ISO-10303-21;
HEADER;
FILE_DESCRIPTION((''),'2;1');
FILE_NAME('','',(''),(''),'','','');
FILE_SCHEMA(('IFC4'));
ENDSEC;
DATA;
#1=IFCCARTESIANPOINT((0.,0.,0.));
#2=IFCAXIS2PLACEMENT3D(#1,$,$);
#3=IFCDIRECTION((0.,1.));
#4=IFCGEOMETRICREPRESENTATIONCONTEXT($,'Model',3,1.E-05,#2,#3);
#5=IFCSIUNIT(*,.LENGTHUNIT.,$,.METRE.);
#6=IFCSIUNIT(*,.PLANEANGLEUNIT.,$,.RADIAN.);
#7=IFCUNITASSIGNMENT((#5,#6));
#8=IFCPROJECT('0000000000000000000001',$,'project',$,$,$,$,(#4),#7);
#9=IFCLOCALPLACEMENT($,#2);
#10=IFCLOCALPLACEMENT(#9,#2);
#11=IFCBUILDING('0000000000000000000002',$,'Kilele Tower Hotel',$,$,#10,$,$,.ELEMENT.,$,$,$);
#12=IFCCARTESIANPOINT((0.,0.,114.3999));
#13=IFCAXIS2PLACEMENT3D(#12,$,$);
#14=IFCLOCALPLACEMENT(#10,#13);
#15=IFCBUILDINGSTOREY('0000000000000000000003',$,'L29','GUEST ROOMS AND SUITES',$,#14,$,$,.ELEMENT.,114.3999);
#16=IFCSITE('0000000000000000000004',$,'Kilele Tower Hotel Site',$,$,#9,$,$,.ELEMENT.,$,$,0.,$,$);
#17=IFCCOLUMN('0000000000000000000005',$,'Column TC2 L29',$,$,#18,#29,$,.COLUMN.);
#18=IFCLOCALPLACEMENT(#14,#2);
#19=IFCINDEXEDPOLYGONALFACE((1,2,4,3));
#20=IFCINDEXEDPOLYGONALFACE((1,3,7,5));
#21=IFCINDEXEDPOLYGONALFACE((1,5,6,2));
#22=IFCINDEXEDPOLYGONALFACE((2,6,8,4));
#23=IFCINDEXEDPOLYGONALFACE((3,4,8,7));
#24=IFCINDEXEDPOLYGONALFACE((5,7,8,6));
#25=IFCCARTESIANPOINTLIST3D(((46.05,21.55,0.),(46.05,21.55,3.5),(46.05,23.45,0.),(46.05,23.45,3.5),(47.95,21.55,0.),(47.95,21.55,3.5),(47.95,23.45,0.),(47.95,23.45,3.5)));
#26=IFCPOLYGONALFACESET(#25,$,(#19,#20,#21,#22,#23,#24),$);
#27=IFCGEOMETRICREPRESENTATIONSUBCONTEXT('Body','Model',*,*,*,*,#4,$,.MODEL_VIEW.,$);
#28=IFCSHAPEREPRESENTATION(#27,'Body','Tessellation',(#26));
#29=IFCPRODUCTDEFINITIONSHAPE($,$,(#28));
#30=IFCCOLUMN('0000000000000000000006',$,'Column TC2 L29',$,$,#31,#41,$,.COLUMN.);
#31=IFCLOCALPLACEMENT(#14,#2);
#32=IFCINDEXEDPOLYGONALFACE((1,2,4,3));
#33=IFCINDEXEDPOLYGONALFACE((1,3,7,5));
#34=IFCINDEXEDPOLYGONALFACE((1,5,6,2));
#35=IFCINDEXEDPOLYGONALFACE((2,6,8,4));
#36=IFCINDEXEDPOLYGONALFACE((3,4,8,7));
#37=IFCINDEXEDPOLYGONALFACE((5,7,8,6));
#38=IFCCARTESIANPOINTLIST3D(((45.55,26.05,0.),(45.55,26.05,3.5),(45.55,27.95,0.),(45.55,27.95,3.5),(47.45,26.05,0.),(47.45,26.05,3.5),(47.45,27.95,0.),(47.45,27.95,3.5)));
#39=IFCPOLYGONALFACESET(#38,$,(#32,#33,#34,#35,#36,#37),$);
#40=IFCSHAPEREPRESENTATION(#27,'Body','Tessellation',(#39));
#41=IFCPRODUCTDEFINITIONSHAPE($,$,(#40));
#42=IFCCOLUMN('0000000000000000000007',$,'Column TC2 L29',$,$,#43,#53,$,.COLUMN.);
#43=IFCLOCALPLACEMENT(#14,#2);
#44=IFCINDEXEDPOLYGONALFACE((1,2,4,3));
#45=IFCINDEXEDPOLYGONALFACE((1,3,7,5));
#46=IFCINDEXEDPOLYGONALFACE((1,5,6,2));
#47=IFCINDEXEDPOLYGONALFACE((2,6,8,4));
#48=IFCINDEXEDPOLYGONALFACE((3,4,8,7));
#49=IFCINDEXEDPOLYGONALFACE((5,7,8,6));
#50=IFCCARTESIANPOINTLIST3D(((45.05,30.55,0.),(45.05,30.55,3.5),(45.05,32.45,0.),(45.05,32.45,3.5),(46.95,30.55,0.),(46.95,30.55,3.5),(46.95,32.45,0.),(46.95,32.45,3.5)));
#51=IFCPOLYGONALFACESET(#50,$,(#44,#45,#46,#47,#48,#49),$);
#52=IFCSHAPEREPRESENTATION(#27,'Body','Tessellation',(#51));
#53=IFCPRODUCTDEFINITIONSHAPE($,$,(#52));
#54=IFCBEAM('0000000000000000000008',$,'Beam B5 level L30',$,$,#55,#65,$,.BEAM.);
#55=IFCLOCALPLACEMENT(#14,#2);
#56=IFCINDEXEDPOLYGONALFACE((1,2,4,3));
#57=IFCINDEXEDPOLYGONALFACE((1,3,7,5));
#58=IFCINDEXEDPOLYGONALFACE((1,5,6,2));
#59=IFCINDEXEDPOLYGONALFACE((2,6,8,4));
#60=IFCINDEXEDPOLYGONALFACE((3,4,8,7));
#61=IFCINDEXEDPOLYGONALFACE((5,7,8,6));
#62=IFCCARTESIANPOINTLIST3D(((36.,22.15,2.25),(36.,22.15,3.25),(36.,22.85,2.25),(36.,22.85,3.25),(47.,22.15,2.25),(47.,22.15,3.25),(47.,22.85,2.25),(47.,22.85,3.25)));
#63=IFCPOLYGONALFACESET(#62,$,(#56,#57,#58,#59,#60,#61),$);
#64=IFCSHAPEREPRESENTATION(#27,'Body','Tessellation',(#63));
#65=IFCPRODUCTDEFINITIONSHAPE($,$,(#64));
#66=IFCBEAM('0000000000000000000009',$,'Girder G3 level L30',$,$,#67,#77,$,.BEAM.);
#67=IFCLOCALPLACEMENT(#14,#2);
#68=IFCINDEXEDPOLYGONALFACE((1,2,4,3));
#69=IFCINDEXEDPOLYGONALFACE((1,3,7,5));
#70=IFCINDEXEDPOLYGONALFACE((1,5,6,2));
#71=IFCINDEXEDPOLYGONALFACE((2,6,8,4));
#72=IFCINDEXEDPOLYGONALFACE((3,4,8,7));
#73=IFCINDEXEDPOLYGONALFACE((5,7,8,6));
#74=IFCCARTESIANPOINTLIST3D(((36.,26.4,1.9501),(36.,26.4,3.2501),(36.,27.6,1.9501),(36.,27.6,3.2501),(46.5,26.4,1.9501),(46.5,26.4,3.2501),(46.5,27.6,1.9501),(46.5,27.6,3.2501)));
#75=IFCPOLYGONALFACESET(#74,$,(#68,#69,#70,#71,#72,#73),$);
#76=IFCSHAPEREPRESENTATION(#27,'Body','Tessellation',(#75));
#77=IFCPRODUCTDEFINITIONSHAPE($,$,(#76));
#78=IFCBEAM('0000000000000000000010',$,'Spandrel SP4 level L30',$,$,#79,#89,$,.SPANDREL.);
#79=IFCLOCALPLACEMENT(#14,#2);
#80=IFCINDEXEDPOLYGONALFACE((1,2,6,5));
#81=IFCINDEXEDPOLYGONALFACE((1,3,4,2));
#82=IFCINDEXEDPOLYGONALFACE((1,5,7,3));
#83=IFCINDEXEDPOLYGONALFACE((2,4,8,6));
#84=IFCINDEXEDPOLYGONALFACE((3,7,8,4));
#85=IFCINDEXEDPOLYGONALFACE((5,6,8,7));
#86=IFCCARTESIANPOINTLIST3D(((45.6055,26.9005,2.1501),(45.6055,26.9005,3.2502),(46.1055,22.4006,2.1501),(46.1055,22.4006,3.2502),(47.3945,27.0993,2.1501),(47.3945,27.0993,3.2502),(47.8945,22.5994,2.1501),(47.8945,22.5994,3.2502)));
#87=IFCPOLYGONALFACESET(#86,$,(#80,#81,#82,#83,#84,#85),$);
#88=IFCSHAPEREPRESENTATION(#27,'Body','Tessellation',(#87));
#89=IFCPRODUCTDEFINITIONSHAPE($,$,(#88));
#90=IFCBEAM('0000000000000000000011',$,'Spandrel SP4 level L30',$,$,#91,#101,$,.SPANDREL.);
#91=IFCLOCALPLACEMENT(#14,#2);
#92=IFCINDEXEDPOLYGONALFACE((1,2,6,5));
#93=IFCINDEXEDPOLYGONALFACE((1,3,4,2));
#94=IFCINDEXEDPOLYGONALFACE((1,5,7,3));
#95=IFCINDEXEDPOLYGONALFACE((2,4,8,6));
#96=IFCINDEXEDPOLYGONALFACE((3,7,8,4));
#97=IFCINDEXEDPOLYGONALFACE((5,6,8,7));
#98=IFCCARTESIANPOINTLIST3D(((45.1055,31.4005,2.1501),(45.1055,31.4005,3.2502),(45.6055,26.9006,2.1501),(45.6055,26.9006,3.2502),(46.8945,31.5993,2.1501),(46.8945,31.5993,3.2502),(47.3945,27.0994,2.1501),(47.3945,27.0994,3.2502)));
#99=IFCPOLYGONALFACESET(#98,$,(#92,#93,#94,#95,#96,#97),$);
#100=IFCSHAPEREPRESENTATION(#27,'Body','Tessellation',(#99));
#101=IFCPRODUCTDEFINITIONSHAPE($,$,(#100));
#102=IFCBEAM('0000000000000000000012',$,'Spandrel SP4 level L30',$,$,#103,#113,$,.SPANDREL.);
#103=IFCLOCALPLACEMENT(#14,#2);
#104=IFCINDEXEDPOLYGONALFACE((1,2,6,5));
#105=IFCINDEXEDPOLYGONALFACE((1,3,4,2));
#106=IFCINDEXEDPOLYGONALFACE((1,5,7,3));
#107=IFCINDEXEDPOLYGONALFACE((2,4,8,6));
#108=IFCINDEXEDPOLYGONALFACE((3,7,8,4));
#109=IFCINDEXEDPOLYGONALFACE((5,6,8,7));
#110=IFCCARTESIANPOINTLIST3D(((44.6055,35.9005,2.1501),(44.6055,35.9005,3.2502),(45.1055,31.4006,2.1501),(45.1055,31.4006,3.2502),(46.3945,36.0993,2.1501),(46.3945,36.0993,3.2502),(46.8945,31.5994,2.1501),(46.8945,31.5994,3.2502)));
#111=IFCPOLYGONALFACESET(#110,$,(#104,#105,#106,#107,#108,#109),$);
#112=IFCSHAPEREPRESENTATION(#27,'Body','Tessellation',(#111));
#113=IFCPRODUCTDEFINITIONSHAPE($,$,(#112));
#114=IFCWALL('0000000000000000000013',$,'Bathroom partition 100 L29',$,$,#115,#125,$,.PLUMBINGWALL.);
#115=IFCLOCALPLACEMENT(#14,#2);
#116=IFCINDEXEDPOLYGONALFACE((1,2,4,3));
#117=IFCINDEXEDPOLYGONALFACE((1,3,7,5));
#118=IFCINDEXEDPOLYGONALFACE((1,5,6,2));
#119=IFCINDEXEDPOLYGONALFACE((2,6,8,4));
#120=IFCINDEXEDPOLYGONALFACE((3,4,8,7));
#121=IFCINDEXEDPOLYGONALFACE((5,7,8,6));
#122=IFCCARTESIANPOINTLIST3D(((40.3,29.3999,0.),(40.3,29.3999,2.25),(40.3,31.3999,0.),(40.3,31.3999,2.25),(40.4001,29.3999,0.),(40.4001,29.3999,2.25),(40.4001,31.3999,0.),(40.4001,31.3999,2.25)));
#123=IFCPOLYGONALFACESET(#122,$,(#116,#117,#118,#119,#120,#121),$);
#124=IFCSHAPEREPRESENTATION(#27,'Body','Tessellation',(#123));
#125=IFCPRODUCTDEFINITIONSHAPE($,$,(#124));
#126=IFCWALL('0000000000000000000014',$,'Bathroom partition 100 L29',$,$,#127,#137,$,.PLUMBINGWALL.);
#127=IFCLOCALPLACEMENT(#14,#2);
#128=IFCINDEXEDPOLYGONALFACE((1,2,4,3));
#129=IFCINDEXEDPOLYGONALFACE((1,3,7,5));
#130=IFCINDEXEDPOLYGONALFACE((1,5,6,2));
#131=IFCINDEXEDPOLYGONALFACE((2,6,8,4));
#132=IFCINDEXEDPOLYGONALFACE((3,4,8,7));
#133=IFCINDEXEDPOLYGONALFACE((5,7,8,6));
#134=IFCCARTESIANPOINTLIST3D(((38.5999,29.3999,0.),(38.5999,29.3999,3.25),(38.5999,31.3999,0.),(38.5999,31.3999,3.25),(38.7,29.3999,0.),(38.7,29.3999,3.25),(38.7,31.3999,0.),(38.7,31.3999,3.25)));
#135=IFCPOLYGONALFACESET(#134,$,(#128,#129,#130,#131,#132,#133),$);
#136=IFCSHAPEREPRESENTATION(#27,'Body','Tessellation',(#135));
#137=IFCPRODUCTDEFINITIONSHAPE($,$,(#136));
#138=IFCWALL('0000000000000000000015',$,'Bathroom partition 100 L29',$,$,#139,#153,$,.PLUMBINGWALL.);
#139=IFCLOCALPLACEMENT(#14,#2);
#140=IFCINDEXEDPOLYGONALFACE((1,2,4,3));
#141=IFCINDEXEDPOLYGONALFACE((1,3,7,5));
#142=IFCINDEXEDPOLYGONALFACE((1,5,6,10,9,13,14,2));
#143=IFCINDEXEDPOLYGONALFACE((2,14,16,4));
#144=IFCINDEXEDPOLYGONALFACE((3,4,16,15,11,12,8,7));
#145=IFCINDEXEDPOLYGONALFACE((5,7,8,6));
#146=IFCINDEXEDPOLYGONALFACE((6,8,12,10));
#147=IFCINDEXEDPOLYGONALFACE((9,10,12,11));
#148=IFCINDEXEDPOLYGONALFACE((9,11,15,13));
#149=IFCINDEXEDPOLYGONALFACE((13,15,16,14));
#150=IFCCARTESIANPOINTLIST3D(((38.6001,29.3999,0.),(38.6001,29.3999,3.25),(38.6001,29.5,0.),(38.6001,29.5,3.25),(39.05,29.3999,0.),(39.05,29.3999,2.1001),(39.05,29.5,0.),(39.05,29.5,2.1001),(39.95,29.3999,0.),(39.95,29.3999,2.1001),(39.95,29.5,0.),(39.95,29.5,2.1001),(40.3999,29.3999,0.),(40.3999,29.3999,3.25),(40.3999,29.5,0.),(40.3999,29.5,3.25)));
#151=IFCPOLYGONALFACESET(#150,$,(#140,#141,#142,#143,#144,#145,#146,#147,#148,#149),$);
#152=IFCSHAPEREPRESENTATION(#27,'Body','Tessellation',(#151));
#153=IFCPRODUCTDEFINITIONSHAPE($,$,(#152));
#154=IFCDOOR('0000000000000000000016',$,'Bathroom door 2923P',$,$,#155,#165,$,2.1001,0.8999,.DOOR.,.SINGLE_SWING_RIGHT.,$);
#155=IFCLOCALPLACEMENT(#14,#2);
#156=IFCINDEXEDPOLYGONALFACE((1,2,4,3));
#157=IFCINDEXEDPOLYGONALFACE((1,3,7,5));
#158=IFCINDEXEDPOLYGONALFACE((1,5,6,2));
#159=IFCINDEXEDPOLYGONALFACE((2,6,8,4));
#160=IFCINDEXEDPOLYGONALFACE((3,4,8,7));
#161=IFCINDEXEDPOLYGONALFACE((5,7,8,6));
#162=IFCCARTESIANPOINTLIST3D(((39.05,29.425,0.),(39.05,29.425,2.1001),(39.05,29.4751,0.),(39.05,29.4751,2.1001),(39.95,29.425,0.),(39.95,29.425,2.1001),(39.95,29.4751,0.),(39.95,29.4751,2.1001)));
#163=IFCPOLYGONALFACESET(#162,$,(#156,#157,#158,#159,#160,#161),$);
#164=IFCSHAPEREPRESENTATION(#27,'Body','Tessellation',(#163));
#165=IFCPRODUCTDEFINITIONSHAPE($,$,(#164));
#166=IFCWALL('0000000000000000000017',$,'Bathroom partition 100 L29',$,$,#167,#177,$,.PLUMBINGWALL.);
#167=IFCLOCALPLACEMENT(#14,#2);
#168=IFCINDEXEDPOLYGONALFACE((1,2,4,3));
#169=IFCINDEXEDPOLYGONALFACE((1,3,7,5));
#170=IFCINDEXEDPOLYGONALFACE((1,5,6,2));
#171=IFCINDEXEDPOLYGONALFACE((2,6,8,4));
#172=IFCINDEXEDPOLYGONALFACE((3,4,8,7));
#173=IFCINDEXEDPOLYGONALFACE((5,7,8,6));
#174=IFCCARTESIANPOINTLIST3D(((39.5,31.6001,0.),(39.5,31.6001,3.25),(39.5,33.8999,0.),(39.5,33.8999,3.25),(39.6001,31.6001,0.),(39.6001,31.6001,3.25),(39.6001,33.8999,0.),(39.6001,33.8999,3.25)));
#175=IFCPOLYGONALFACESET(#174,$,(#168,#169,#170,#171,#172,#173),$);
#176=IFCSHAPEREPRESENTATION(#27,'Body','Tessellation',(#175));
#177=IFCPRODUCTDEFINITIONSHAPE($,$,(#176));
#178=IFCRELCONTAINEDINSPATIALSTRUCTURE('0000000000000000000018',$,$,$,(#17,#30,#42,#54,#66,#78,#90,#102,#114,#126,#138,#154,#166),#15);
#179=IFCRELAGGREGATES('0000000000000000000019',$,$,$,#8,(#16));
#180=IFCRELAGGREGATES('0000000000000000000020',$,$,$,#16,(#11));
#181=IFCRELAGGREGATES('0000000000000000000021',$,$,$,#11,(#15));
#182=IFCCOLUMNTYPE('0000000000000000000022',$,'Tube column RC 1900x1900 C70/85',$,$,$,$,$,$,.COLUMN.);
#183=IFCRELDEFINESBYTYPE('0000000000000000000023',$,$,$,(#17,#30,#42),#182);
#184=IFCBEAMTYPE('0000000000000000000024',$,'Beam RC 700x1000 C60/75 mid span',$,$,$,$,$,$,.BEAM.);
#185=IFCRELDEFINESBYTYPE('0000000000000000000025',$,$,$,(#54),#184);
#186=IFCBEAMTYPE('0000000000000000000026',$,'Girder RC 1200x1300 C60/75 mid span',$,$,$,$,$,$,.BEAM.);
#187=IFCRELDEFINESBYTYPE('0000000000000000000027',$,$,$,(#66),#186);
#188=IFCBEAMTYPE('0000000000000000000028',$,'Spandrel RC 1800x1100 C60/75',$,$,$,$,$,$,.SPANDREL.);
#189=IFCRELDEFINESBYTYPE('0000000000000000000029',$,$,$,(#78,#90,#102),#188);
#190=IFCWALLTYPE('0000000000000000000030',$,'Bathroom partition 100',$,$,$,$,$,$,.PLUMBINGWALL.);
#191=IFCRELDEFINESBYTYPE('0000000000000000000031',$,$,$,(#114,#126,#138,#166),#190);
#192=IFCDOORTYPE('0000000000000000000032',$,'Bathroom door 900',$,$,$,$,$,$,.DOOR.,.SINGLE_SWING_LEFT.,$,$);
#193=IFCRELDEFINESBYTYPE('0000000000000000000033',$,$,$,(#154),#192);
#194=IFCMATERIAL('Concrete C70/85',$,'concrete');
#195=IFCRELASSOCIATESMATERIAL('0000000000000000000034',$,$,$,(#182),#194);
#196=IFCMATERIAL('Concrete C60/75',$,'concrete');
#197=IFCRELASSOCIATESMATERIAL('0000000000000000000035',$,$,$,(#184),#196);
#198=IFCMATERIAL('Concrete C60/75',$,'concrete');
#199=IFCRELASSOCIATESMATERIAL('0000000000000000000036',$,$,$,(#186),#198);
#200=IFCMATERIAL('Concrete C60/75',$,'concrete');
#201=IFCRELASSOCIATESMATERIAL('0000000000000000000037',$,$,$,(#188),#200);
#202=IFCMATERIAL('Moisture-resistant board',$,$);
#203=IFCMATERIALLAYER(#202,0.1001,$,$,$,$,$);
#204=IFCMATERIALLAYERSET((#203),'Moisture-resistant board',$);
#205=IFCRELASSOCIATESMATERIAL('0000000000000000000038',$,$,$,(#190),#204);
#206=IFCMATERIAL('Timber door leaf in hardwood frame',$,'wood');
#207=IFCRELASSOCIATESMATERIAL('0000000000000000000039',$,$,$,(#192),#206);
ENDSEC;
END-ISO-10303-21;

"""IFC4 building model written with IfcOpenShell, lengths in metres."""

from ifc_helpers import new_model, si_unit, direction, frame, frame_2d, origin, origin_2d, place, context, subcontext, project, spatial, rectangle, extrude, material, layer, layer_set, material_profile, profile_set, type_object, element, fill, save


model = new_model("IFC4")

# Units and contexts
model_context = context("Model", 3, precision=1e-05, world=origin(), true_north=direction((0.0, 1.0)))
body_context = subcontext(model_context, "Body", "Model", "MODEL_VIEW")
ifc_project = project(units=[si_unit("LENGTHUNIT", "METRE"), si_unit("PLANEANGLEUNIT", "RADIAN")], contexts=[model_context])

# Site, building, storey
site_placement = place(None, origin())
site = spatial("IfcSite", under=ifc_project, at=site_placement, Name="Kilele Tower Hotel Site", CompositionType="ELEMENT", RefElevation=0.0)
building_placement = place(site_placement, origin())
building = spatial("IfcBuilding", under=site, at=building_placement, Name="Kilele Tower Hotel", CompositionType="ELEMENT")
storey_placement = place(building_placement, frame((0.0, 0.0, 114.3999)))
storey = spatial("IfcBuildingStorey", under=building, at=storey_placement, Name="L29", Description="GUEST ROOMS AND SUITES", CompositionType="ELEMENT", Elevation=114.3999)

# Columns
ifc_material_1 = material(Name="Concrete C70/85", Category="concrete")
ifc_material_profile_1 = material_profile(ifc_material_1, rectangle(XDim=1.8999, YDim=1.8999, at=origin_2d()))
ifc_profile_set_1 = profile_set([ifc_material_profile_1], Name="Concrete C70/85")
column_type = type_object("IfcColumnType", Name="Tube column RC 1900x1900 C70/85", PredefinedType="COLUMN", material=ifc_profile_set_1)
for number, where, z_axis, x_axis, name in (
    (1, (47.0, 22.5, 0.0), (0.0, 0.0, 1.0), (1.0, 0.0, 0.0), "Column TC2 L29"),
    (2, (46.5, 27.0, 0.0), (0.0, 0.0, 1.0), (1.0, 0.0, 0.0), "Column TC2 L29"),
    (3, (46.0, 31.5, 0.0), (0.0, 0.0, 1.0), (1.0, 0.0, 0.0), "Column TC2 L29"),
):
    element("IfcColumn", number, at=place(storey_placement, frame(where, z_axis=z_axis, x_axis=x_axis)), inside=storey, type_object=column_type, Name=name, PredefinedType="COLUMN", context=body_context, shape_type="SweptSolid", body=[
        extrude(rectangle(XDim=1.8999, YDim=1.8999, at=origin_2d()), origin(), (0.0, 0.0, 1.0), 3.5),
    ])

# Beams
ifc_material_2 = material(Name="Concrete C60/75", Category="concrete")
ifc_material_profile_2 = material_profile(ifc_material_2, rectangle(XDim=0.7, YDim=1.0, at=origin_2d()))
ifc_profile_set_2 = profile_set([ifc_material_profile_2], Name="Concrete C60/75")
beam_type_1 = type_object("IfcBeamType", Name="Beam RC 700x1000 C60/75 mid span", PredefinedType="BEAM", material=ifc_profile_set_2)
beam_1_placement = place(storey_placement, frame((47.0, 22.5, 2.75), z_axis=(-1.0, 0.0, 0.0), x_axis=(0.0, -1.0, 0.0)))
element("IfcBeam", 4, at=beam_1_placement, inside=storey, type_object=beam_type_1, Name="Beam B5 level L30", PredefinedType="BEAM", context=body_context, shape_type="SweptSolid", body=[
    extrude(rectangle(XDim=0.7, YDim=1.0, at=origin_2d()), origin(), (0.0, 0.0, 1.0), 11.0),
])
ifc_material_3 = material(Name="Concrete C60/75", Category="concrete")
ifc_material_profile_3 = material_profile(ifc_material_3, rectangle(XDim=1.2, YDim=1.3, at=origin_2d()))
ifc_profile_set_3 = profile_set([ifc_material_profile_3], Name="Concrete C60/75")
beam_type_2 = type_object("IfcBeamType", Name="Girder RC 1200x1300 C60/75 mid span", PredefinedType="BEAM", material=ifc_profile_set_3)
beam_2_placement = place(storey_placement, frame((46.5, 27.0, 2.6001), z_axis=(-1.0, 0.0, 0.0), x_axis=(0.0, -1.0, 0.0)))
element("IfcBeam", 5, at=beam_2_placement, inside=storey, type_object=beam_type_2, Name="Girder G3 level L30", PredefinedType="BEAM", context=body_context, shape_type="SweptSolid", body=[
    extrude(rectangle(XDim=1.2, YDim=1.3, at=origin_2d()), origin(), (0.0, 0.0, 1.0), 10.5),
])
ifc_material_4 = material(Name="Concrete C60/75", Category="concrete")
ifc_material_profile_4 = material_profile(ifc_material_4, rectangle(XDim=1.8, YDim=1.1001, at=origin_2d()))
ifc_profile_set_4 = profile_set([ifc_material_profile_4], Name="Concrete C60/75")
beam_type_3 = type_object("IfcBeamType", Name="Spandrel RC 1800x1100 C60/75", PredefinedType="SPANDREL", material=ifc_profile_set_4)
for number, where, z_axis, x_axis, name in (
    (6, (47.0, 22.5, 2.7002), (-0.110432, 0.993884, 0.0), (-0.993884, -0.110432, 0.0), "Spandrel SP4 level L30"),
    (7, (46.5, 27.0, 2.7002), (-0.110432, 0.993884, 0.0), (-0.993884, -0.110432, 0.0), "Spandrel SP4 level L30"),
    (8, (46.0, 31.5, 2.7002), (-0.110432, 0.993884, 0.0), (-0.993884, -0.110432, 0.0), "Spandrel SP4 level L30"),
):
    element("IfcBeam", number, at=place(storey_placement, frame(where, z_axis=z_axis, x_axis=x_axis)), inside=storey, type_object=beam_type_3, Name=name, PredefinedType="SPANDREL", context=body_context, shape_type="SweptSolid", body=[
        extrude(rectangle(XDim=1.8, YDim=1.1001, at=origin_2d()), origin(), (0.0, 0.0, 1.0), 4.5276),
    ])

# Walls
ifc_material_5 = material(Name="Moisture-resistant board")
ifc_layer_1 = layer(ifc_material_5, 0.1001)
ifc_layer_set_1 = layer_set([ifc_layer_1], Name="Moisture-resistant board")
wall_type_1 = type_object("IfcWallType", Name="Bathroom partition 100", PredefinedType="PLUMBINGWALL", material=ifc_layer_set_1)
wall_1_placement = place(storey_placement, frame((40.3501, 31.3999, 0.0), z_axis=(0.0, 0.0, 1.0), x_axis=(0.0, -1.0, 0.0)))
element("IfcWall", 9, at=wall_1_placement, inside=storey, type_object=wall_type_1, Name="Bathroom partition 100 L29", PredefinedType="PLUMBINGWALL", context=body_context, shape_type="SweptSolid", body=[
    extrude(rectangle(XDim=2.0, YDim=0.1001, at=frame_2d((1.0, 0.0))), origin(), (0.0, 0.0, 1.0), 2.25),
])
wall_2_placement = place(storey_placement, frame((38.6499, 31.3999, 0.0), z_axis=(0.0, 0.0, 1.0), x_axis=(0.0, -1.0, 0.0)))
element("IfcWall", 10, at=wall_2_placement, inside=storey, type_object=wall_type_1, Name="Bathroom partition 100 L29", PredefinedType="PLUMBINGWALL", context=body_context, shape_type="SweptSolid", body=[
    extrude(rectangle(XDim=2.0, YDim=0.1001, at=frame_2d((1.0, 0.0))), origin(), (0.0, 0.0, 1.0), 3.25),
])

# Wall, opening, door
wall_3_placement = place(storey_placement, frame((38.6001, 29.45, 0.0), z_axis=(0.0, 0.0, 1.0), x_axis=(1.0, 0.0, 0.0)))
wall_3 = element("IfcWall", 11, at=wall_3_placement, inside=storey, type_object=wall_type_1, Name="Bathroom partition 100 L29", PredefinedType="PLUMBINGWALL", context=body_context, shape_type="SweptSolid", body=[
    extrude(rectangle(XDim=1.7998, YDim=0.1001, at=frame_2d((0.8999, 0.0))), origin(), (0.0, 0.0, 1.0), 3.25),
])
opening_1_placement = place(wall_3_placement, frame((1.3499, 0.0, 0.0), z_axis=(0.0, 0.0, 1.0), x_axis=(-1.0, 0.0, 0.0)))
opening_1 = element("IfcOpeningElement", 12, at=opening_1_placement, cuts=wall_3, PredefinedType="OPENING", context=body_context, shape_type="SweptSolid", body=[
    extrude(rectangle(XDim=0.8999, YDim=2.1001, at=frame_2d((0.45, 1.05))), frame((0.0, 0.0601, 0.0), z_axis=(0.0, -1.0, 0.0), x_axis=(1.0, 0.0, 0.0)), (0.0, 0.0, 1.0), 0.1201),
])
ifc_material_6 = material(Name="Timber door leaf in hardwood frame", Category="wood")
door_type_1 = type_object("IfcDoorType", Name="Bathroom door 900", OperationType="SINGLE_SWING_LEFT", PredefinedType="DOOR", material=ifc_material_6)
door_1_placement = place(opening_1_placement, origin())
door_1 = element("IfcDoor", 13, at=door_1_placement, inside=storey, type_object=door_type_1, Name="Bathroom door 2923P", OperationType="SINGLE_SWING_RIGHT", OverallHeight=2.1001, OverallWidth=0.8999, PredefinedType="DOOR", context=body_context, shape_type="SweptSolid", body=[
    extrude(rectangle(XDim=0.8999, YDim=2.1001, at=frame_2d((0.45, 1.05))), frame((0.0, 0.0249, 0.0), z_axis=(0.0, -1.0, 0.0), x_axis=(1.0, 0.0, 0.0)), (0.0, 0.0, 1.0), 0.05),
])
fill(opening_1, door_1)

# Wall
wall_4_placement = place(storey_placement, frame((39.55, 31.6001, 0.0), z_axis=(0.0, 0.0, 1.0), x_axis=(0.0, 1.0, 0.0)))
element("IfcWall", 14, at=wall_4_placement, inside=storey, type_object=wall_type_1, Name="Bathroom partition 100 L29", PredefinedType="PLUMBINGWALL", context=body_context, shape_type="SweptSolid", body=[
    extrude(rectangle(XDim=2.2998, YDim=0.1001, at=frame_2d((1.1499, 0.0))), origin(), (0.0, 0.0, 1.0), 3.25),
])

save(model, "model.ifc")
